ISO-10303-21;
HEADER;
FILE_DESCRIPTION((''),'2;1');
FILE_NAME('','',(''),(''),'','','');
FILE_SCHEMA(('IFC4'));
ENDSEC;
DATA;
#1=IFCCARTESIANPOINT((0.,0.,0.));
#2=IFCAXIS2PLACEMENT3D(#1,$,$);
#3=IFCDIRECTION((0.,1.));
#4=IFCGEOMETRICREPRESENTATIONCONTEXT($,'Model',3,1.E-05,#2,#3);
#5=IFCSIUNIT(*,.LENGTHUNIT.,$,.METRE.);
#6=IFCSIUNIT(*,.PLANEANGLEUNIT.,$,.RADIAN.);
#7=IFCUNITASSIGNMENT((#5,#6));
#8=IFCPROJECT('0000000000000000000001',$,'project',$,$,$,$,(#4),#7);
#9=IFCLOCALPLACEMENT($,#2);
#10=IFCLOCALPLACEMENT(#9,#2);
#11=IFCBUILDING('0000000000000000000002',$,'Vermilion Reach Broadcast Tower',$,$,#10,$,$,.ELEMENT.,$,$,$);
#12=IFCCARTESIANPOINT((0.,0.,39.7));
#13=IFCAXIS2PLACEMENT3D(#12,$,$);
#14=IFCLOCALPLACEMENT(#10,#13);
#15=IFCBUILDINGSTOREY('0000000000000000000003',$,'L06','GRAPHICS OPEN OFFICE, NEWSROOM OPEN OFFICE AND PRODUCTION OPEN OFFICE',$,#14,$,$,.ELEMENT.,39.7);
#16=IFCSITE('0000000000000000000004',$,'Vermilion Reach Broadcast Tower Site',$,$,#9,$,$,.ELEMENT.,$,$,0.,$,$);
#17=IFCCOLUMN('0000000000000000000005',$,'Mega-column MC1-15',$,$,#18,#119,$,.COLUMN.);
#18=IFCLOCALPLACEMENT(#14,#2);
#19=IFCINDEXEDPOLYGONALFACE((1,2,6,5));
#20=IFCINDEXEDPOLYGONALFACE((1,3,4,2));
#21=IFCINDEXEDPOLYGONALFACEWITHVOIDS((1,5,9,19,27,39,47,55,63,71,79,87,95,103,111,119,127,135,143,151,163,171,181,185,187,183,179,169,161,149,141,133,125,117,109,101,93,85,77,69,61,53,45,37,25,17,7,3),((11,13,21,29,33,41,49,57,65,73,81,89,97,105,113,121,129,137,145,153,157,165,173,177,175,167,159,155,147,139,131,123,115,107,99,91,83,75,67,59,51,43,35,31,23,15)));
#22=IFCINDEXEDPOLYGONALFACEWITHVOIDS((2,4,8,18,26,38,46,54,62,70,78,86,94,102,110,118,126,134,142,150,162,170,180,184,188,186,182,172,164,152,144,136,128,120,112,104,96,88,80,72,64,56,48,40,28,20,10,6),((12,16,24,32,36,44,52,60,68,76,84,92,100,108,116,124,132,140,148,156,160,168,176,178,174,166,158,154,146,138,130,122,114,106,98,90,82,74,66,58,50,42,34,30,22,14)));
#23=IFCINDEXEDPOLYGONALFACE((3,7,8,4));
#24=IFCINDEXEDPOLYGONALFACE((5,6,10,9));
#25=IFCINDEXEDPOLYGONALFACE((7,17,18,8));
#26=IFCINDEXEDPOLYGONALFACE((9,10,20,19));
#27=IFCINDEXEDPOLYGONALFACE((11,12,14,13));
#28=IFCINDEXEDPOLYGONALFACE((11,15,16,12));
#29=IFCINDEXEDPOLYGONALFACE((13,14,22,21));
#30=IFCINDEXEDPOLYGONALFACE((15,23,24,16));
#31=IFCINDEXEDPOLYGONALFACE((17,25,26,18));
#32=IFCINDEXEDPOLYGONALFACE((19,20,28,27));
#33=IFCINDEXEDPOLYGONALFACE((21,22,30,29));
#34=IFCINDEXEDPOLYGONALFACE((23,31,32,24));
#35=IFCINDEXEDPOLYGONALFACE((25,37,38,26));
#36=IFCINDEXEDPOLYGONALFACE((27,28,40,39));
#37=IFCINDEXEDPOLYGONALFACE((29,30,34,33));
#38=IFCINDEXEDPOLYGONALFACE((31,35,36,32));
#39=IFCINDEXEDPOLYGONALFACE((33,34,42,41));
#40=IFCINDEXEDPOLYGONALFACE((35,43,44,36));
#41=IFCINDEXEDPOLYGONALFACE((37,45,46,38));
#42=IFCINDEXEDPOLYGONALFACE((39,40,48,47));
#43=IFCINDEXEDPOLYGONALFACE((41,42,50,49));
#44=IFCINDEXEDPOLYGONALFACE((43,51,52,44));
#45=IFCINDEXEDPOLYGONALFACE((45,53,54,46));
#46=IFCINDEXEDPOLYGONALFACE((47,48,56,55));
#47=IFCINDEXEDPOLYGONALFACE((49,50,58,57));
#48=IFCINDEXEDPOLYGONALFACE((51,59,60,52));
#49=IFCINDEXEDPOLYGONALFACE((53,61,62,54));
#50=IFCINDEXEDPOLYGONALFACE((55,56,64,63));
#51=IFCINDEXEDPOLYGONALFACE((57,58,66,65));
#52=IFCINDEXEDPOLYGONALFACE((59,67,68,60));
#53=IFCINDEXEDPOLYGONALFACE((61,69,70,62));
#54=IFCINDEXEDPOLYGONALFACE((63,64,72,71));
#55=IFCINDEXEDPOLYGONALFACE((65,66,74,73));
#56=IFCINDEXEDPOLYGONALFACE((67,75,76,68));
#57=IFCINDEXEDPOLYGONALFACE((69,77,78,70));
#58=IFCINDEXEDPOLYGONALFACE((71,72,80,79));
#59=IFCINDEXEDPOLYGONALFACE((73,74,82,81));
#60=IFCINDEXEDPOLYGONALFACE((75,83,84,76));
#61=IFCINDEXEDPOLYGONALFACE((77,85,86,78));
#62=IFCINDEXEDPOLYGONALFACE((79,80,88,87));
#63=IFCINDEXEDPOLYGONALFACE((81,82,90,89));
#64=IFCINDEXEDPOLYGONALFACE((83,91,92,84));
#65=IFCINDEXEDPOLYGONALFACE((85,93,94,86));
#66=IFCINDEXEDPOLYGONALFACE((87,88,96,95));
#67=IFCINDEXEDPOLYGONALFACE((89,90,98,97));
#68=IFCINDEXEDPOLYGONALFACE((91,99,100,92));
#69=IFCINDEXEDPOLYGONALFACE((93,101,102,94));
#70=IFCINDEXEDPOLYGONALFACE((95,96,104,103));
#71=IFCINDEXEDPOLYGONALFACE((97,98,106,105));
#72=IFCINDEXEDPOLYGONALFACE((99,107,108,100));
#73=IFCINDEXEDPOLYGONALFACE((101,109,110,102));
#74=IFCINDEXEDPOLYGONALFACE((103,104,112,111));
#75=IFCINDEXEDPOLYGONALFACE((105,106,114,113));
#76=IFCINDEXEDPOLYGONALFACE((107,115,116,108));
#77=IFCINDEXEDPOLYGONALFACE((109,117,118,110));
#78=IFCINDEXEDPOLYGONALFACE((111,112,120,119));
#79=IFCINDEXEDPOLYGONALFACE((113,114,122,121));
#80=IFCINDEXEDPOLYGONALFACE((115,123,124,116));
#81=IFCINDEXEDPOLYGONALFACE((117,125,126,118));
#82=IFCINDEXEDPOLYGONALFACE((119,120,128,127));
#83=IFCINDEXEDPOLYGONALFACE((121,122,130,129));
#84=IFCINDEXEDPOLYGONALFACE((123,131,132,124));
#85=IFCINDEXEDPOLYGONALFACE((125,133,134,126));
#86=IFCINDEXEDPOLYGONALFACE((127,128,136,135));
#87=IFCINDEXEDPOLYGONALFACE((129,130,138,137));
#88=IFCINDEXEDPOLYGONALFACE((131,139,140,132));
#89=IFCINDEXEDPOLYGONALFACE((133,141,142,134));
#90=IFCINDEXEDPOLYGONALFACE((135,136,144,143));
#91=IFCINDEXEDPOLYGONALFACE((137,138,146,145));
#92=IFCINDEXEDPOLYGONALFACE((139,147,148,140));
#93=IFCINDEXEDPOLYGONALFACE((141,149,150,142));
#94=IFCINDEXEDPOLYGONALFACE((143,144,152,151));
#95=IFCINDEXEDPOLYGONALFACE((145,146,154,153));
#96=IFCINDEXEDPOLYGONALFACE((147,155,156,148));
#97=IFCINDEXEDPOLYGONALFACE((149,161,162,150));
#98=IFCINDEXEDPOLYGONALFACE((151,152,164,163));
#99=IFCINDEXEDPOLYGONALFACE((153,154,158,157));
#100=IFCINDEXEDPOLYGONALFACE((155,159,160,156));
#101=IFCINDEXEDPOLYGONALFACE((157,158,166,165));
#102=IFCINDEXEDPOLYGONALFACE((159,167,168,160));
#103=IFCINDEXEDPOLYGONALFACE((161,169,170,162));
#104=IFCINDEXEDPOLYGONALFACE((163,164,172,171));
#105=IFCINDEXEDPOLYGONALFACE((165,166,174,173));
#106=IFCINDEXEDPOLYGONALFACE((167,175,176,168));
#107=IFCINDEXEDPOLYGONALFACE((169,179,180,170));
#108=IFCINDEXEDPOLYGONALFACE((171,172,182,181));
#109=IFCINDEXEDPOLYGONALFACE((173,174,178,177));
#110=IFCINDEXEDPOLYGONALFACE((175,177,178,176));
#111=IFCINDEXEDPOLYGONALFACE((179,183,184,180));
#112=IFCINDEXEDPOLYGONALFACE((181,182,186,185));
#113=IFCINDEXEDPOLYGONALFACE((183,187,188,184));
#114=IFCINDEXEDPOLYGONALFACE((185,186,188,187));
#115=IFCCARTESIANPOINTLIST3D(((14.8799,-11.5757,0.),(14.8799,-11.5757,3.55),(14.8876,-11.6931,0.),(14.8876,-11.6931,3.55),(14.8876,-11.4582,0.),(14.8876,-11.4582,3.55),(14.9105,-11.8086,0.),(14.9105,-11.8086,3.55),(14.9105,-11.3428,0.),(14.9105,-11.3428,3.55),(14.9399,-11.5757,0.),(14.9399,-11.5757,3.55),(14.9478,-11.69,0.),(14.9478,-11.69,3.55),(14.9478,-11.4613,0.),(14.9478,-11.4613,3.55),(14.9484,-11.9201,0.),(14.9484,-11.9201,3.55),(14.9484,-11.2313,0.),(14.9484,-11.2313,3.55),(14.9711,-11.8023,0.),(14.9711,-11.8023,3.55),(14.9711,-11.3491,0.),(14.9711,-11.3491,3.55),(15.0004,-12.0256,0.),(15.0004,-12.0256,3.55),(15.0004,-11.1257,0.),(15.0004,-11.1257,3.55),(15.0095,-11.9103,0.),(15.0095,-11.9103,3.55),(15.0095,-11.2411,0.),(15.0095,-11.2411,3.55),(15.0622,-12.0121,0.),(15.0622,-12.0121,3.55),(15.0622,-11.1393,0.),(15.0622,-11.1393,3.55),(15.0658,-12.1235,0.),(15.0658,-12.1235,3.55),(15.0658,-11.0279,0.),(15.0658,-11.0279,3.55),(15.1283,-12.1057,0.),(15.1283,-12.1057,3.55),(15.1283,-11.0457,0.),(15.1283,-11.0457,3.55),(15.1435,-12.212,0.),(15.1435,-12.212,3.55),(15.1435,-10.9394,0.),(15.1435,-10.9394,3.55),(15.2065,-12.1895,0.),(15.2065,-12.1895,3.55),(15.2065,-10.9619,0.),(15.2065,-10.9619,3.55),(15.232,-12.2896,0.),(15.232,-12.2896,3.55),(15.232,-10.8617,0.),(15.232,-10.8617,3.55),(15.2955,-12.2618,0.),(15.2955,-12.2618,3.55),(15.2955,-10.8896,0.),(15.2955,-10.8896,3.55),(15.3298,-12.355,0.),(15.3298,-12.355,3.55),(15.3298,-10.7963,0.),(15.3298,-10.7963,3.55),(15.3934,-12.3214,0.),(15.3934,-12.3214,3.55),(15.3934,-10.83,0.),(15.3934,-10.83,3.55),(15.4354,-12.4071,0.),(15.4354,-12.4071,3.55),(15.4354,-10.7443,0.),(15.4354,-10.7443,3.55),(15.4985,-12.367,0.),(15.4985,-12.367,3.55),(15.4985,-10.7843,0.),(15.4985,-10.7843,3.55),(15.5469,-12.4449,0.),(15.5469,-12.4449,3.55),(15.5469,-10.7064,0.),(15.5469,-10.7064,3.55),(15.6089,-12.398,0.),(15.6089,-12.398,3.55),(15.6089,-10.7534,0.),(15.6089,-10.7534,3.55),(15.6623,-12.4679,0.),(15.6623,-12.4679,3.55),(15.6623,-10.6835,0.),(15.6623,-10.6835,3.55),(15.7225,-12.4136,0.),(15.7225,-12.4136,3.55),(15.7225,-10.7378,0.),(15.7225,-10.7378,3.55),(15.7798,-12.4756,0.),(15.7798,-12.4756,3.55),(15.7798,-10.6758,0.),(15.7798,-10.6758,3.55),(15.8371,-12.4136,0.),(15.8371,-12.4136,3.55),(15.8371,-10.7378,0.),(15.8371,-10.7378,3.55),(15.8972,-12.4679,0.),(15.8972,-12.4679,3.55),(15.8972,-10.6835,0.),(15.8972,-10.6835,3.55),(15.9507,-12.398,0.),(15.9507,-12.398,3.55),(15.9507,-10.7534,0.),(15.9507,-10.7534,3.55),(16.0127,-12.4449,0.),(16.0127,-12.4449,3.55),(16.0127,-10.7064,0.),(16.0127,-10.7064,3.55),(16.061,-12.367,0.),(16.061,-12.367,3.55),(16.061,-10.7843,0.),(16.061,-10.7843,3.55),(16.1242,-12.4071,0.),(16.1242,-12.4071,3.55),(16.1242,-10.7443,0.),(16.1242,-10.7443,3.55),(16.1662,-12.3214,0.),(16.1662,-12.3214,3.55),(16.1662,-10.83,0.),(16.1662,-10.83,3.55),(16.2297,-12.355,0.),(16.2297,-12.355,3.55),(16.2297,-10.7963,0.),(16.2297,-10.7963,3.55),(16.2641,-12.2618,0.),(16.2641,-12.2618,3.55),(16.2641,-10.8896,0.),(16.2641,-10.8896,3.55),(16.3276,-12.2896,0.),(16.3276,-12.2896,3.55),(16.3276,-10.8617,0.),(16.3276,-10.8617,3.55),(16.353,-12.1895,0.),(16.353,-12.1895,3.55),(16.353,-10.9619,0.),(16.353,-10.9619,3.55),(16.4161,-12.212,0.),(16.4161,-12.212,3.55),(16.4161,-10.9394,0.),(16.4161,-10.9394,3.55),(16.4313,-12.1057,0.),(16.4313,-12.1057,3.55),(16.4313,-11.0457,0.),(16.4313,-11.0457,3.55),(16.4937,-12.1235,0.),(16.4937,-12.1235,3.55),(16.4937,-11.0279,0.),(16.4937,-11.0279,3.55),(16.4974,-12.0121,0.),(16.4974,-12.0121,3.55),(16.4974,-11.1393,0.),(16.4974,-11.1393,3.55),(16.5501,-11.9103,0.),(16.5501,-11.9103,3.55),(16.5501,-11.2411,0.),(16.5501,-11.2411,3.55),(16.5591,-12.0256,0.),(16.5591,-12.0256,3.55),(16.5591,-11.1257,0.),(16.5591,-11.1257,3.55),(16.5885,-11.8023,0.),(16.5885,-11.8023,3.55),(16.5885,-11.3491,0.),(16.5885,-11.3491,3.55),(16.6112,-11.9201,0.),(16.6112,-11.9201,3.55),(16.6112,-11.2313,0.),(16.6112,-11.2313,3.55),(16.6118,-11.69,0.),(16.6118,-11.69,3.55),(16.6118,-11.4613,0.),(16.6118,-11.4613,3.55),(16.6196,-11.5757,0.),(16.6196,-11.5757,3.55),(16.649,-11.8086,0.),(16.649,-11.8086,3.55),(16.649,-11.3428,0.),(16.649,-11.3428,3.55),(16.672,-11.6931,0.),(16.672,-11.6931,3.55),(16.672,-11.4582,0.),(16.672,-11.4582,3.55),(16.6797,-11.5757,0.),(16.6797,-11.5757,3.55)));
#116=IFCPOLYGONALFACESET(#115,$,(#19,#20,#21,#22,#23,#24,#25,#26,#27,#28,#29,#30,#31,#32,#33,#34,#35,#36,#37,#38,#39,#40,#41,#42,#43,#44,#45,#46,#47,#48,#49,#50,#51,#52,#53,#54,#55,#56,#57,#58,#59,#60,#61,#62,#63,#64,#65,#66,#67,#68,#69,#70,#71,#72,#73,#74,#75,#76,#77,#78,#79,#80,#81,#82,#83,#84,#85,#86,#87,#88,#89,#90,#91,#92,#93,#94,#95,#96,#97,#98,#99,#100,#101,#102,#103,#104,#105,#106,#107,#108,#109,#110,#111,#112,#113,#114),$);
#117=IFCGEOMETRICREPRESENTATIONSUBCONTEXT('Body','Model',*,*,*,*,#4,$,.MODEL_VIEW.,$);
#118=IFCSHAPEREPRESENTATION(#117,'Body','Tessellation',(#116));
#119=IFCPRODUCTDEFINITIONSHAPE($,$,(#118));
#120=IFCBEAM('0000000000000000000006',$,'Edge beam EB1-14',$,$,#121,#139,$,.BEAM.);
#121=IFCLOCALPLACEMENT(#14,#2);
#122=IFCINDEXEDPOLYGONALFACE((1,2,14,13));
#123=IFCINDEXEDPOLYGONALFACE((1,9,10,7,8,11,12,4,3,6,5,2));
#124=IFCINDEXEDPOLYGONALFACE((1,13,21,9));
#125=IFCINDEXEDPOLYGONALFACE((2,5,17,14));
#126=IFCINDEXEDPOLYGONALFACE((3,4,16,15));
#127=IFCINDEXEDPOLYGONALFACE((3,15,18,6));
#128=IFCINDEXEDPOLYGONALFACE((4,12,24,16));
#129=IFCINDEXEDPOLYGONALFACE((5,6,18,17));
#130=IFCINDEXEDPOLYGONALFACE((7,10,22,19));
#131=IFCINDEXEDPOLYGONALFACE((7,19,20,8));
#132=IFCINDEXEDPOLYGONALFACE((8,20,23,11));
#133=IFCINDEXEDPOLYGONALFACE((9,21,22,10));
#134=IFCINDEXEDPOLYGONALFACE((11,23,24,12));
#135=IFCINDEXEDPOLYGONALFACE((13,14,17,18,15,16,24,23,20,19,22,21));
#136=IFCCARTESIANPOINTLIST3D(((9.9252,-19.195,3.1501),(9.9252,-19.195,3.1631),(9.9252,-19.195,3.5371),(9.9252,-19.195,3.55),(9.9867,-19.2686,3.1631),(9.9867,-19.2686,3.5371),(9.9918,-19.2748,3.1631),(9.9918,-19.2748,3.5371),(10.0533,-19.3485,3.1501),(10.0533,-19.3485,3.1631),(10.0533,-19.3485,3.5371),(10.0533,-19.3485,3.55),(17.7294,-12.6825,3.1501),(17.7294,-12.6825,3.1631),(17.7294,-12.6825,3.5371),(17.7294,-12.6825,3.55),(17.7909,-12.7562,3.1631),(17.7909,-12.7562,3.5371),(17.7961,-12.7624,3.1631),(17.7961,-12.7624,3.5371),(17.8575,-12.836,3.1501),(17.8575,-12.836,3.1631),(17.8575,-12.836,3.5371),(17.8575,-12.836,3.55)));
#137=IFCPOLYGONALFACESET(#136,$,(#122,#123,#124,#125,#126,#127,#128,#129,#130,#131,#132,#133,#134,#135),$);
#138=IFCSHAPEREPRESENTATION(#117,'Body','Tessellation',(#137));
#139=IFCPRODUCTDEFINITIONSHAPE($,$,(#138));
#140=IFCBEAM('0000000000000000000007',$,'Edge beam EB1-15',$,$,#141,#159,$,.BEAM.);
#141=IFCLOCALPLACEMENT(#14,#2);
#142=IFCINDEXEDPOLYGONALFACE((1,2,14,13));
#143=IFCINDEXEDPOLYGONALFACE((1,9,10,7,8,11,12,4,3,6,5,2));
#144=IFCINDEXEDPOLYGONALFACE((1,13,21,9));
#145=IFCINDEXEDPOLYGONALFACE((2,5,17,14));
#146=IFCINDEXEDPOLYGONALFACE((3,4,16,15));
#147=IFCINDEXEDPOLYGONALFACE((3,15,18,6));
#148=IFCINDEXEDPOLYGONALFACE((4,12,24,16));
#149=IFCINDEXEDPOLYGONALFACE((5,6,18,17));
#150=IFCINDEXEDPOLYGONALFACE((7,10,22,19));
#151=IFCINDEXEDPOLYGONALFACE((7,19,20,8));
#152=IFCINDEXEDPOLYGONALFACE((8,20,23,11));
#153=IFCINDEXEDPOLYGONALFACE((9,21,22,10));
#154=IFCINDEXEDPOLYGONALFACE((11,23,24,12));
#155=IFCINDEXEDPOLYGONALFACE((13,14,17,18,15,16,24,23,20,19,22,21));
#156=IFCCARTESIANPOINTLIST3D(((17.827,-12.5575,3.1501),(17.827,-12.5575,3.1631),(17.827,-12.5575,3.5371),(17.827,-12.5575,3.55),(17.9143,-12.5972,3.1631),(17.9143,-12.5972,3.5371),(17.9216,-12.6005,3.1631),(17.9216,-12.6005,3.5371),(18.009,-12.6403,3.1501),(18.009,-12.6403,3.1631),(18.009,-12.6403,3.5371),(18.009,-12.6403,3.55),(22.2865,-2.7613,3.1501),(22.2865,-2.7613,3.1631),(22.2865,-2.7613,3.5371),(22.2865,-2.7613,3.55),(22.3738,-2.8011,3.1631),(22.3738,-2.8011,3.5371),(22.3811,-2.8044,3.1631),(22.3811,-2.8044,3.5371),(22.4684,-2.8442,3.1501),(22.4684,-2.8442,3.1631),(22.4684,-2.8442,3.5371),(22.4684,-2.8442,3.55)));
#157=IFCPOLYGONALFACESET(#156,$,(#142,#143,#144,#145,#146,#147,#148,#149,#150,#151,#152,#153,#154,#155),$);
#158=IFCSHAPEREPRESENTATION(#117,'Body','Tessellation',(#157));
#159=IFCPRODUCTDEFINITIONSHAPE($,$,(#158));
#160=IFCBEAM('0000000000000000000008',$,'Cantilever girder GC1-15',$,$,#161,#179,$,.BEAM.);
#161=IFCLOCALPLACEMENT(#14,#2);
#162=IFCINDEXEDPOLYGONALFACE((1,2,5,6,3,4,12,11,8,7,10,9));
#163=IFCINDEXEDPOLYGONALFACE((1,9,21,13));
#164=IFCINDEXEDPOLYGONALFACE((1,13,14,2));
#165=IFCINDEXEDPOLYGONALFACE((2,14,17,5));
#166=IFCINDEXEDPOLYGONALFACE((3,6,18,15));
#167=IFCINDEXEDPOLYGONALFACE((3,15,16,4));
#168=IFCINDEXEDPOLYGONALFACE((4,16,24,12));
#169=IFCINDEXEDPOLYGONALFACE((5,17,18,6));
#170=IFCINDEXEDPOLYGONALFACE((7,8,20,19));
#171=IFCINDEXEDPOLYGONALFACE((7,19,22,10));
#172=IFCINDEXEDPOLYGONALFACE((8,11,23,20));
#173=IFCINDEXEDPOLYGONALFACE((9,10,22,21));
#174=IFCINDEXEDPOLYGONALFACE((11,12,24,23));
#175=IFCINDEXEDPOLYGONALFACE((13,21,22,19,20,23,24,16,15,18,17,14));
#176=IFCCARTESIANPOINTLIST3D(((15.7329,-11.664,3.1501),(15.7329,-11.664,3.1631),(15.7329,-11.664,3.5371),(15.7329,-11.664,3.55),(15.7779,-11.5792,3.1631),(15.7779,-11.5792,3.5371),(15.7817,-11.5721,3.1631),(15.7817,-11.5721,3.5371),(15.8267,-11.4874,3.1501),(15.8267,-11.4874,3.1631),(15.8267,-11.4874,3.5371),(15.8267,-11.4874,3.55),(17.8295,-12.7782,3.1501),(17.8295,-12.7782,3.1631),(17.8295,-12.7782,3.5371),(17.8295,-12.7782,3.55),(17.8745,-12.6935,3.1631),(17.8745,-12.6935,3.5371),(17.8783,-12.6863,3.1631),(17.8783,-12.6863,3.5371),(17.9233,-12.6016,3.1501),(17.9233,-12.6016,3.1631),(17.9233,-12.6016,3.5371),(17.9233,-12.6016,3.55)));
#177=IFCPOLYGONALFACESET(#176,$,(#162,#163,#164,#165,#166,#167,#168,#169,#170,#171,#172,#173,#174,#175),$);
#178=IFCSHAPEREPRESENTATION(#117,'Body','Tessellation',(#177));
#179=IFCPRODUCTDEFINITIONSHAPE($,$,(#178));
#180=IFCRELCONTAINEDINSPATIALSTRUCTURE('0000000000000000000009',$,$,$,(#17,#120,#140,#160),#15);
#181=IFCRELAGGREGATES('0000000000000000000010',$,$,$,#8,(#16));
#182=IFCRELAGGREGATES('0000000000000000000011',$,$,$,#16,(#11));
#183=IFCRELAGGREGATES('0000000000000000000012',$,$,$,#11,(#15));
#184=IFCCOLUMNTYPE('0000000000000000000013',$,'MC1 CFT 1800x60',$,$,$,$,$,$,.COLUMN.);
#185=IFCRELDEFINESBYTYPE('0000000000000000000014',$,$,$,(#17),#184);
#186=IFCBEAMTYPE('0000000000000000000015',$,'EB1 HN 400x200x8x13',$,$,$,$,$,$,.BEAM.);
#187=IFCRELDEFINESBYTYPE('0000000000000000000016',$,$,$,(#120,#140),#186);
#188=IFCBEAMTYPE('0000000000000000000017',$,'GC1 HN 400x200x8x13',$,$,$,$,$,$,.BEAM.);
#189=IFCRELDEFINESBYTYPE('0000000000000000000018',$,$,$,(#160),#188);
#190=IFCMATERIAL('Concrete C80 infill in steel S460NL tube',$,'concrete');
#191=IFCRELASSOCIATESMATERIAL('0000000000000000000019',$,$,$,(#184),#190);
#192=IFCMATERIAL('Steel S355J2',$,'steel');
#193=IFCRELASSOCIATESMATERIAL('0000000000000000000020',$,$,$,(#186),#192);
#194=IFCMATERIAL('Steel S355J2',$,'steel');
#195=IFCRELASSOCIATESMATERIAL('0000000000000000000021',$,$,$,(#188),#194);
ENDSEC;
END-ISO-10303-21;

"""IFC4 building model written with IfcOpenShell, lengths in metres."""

from ifc_helpers import new_model, si_unit, direction, frame, origin, origin_2d, place, context, subcontext, project, spatial, hollow_circle, i_section, extrude, material, material_profile, profile_set, type_object, element, save


model = new_model("IFC4")

# Units and contexts
model_context = context("Model", 3, precision=1e-05, world=origin(), true_north=direction((0.0, 1.0)))
body_context = subcontext(model_context, "Body", "Model", "MODEL_VIEW")
ifc_project = project(units=[si_unit("LENGTHUNIT", "METRE"), si_unit("PLANEANGLEUNIT", "RADIAN")], contexts=[model_context])

# Site, building, storey
site_placement = place(None, origin())
site = spatial("IfcSite", under=ifc_project, at=site_placement, Name="Vermilion Reach Broadcast Tower Site", CompositionType="ELEMENT", RefElevation=0.0)
building_placement = place(site_placement, origin())
building = spatial("IfcBuilding", under=site, at=building_placement, Name="Vermilion Reach Broadcast Tower", CompositionType="ELEMENT")
storey_placement = place(building_placement, frame((0.0, 0.0, 39.7)))
storey = spatial("IfcBuildingStorey", under=building, at=storey_placement, Name="L06", Description="GRAPHICS OPEN OFFICE, NEWSROOM OPEN OFFICE AND PRODUCTION OPEN OFFICE", CompositionType="ELEMENT", Elevation=39.7)

# Column
ifc_material_1 = material(Name="Concrete C80 infill in steel S460NL tube", Category="concrete")
ifc_material_profile_1 = material_profile(ifc_material_1, hollow_circle(Radius=0.8999, WallThickness=0.0601, at=origin_2d()), Name="Concrete C80 infill in steel S460NL tube CFT 1800x60")
ifc_profile_set_1 = profile_set([ifc_material_profile_1], Name="Concrete C80 infill in steel S460NL tube")
column_type = type_object("IfcColumnType", Name="MC1 CFT 1800x60", PredefinedType="COLUMN", material=ifc_profile_set_1)
for number, where, z_axis, x_axis, name in (
    (1, (15.7798, -11.5757, 0.0), (0.0, 0.0, 1.0), (1.0, 0.0, 0.0), "Mega-column MC1-15"),
):
    element("IfcColumn", number, at=place(storey_placement, frame(where, z_axis=z_axis, x_axis=x_axis)), inside=storey, type_object=column_type, Name=name, PredefinedType="COLUMN", context=body_context, shape_type="SweptSolid", body=[
        extrude(hollow_circle(Radius=0.8999, WallThickness=0.0601, at=origin_2d()), origin(), (0.0, 0.0, 1.0), 3.55),
    ])

# Beams
ifc_material_2 = material(Name="Steel S355J2", Category="steel")
ifc_material_profile_2 = material_profile(ifc_material_2, i_section(OverallWidth=0.2, OverallDepth=0.3999, WebThickness=0.0081, FlangeThickness=0.0129, at=origin_2d()), Name="S355J2 HN 400x200x8x13")
ifc_profile_set_2 = profile_set([ifc_material_profile_2], Name="Steel S355J2")
beam_type_1 = type_object("IfcBeamType", Name="EB1 HN 400x200x8x13", PredefinedType="BEAM", material=ifc_profile_set_2)
beam_1_placement = place(storey_placement, frame((9.9893, -19.2717, 3.3501), z_axis=(0.767788, 0.640704, 0.0), x_axis=(-0.640704, 0.767788, 0.0)))
element("IfcBeam", 2, at=beam_1_placement, inside=storey, type_object=beam_type_1, Name="Edge beam EB1-14", PredefinedType="BEAM", context=body_context, shape_type="SweptSolid", body=[
    extrude(i_section(OverallWidth=0.2, OverallDepth=0.3999, WebThickness=0.0081, FlangeThickness=0.0129, at=origin_2d()), origin(), (0.0, 0.0, 1.0), 10.1646),
])
beam_2_placement = place(storey_placement, frame((17.918, -12.5989, 3.3501), z_axis=(0.414317, 0.910133, 0.0), x_axis=(-0.910133, 0.414317, 0.0)))
element("IfcBeam", 3, at=beam_2_placement, inside=storey, type_object=beam_type_1, Name="Edge beam EB1-15", PredefinedType="BEAM", context=body_context, shape_type="SweptSolid", body=[
    extrude(i_section(OverallWidth=0.2, OverallDepth=0.3999, WebThickness=0.0081, FlangeThickness=0.0129, at=origin_2d()), origin(), (0.0, 0.0, 1.0), 10.7634),
])
ifc_material_3 = material(Name="Steel S355J2", Category="steel")
ifc_material_profile_3 = material_profile(ifc_material_3, i_section(OverallWidth=0.2, OverallDepth=0.3999, WebThickness=0.0081, FlangeThickness=0.0129, at=origin_2d()), Name="S355J2 HN 400x200x8x13")
ifc_profile_set_3 = profile_set([ifc_material_profile_3], Name="Steel S355J2")
beam_type_2 = type_object("IfcBeamType", Name="GC1 HN 400x200x8x13", PredefinedType="BEAM", material=ifc_profile_set_3)
beam_3_placement = place(storey_placement, frame((15.7798, -11.5757, 3.3501), z_axis=(0.883046, -0.469286, 0.0), x_axis=(0.469286, 0.883046, 0.0)))
element("IfcBeam", 4, at=beam_3_placement, inside=storey, type_object=beam_type_2, Name="Cantilever girder GC1-15", PredefinedType="BEAM", context=body_context, shape_type="SweptSolid", body=[
    extrude(i_section(OverallWidth=0.2, OverallDepth=0.3999, WebThickness=0.0081, FlangeThickness=0.0129, at=origin_2d()), origin(), (0.0, 0.0, 1.0), 2.3743),
])

save(model, "model.ifc")
